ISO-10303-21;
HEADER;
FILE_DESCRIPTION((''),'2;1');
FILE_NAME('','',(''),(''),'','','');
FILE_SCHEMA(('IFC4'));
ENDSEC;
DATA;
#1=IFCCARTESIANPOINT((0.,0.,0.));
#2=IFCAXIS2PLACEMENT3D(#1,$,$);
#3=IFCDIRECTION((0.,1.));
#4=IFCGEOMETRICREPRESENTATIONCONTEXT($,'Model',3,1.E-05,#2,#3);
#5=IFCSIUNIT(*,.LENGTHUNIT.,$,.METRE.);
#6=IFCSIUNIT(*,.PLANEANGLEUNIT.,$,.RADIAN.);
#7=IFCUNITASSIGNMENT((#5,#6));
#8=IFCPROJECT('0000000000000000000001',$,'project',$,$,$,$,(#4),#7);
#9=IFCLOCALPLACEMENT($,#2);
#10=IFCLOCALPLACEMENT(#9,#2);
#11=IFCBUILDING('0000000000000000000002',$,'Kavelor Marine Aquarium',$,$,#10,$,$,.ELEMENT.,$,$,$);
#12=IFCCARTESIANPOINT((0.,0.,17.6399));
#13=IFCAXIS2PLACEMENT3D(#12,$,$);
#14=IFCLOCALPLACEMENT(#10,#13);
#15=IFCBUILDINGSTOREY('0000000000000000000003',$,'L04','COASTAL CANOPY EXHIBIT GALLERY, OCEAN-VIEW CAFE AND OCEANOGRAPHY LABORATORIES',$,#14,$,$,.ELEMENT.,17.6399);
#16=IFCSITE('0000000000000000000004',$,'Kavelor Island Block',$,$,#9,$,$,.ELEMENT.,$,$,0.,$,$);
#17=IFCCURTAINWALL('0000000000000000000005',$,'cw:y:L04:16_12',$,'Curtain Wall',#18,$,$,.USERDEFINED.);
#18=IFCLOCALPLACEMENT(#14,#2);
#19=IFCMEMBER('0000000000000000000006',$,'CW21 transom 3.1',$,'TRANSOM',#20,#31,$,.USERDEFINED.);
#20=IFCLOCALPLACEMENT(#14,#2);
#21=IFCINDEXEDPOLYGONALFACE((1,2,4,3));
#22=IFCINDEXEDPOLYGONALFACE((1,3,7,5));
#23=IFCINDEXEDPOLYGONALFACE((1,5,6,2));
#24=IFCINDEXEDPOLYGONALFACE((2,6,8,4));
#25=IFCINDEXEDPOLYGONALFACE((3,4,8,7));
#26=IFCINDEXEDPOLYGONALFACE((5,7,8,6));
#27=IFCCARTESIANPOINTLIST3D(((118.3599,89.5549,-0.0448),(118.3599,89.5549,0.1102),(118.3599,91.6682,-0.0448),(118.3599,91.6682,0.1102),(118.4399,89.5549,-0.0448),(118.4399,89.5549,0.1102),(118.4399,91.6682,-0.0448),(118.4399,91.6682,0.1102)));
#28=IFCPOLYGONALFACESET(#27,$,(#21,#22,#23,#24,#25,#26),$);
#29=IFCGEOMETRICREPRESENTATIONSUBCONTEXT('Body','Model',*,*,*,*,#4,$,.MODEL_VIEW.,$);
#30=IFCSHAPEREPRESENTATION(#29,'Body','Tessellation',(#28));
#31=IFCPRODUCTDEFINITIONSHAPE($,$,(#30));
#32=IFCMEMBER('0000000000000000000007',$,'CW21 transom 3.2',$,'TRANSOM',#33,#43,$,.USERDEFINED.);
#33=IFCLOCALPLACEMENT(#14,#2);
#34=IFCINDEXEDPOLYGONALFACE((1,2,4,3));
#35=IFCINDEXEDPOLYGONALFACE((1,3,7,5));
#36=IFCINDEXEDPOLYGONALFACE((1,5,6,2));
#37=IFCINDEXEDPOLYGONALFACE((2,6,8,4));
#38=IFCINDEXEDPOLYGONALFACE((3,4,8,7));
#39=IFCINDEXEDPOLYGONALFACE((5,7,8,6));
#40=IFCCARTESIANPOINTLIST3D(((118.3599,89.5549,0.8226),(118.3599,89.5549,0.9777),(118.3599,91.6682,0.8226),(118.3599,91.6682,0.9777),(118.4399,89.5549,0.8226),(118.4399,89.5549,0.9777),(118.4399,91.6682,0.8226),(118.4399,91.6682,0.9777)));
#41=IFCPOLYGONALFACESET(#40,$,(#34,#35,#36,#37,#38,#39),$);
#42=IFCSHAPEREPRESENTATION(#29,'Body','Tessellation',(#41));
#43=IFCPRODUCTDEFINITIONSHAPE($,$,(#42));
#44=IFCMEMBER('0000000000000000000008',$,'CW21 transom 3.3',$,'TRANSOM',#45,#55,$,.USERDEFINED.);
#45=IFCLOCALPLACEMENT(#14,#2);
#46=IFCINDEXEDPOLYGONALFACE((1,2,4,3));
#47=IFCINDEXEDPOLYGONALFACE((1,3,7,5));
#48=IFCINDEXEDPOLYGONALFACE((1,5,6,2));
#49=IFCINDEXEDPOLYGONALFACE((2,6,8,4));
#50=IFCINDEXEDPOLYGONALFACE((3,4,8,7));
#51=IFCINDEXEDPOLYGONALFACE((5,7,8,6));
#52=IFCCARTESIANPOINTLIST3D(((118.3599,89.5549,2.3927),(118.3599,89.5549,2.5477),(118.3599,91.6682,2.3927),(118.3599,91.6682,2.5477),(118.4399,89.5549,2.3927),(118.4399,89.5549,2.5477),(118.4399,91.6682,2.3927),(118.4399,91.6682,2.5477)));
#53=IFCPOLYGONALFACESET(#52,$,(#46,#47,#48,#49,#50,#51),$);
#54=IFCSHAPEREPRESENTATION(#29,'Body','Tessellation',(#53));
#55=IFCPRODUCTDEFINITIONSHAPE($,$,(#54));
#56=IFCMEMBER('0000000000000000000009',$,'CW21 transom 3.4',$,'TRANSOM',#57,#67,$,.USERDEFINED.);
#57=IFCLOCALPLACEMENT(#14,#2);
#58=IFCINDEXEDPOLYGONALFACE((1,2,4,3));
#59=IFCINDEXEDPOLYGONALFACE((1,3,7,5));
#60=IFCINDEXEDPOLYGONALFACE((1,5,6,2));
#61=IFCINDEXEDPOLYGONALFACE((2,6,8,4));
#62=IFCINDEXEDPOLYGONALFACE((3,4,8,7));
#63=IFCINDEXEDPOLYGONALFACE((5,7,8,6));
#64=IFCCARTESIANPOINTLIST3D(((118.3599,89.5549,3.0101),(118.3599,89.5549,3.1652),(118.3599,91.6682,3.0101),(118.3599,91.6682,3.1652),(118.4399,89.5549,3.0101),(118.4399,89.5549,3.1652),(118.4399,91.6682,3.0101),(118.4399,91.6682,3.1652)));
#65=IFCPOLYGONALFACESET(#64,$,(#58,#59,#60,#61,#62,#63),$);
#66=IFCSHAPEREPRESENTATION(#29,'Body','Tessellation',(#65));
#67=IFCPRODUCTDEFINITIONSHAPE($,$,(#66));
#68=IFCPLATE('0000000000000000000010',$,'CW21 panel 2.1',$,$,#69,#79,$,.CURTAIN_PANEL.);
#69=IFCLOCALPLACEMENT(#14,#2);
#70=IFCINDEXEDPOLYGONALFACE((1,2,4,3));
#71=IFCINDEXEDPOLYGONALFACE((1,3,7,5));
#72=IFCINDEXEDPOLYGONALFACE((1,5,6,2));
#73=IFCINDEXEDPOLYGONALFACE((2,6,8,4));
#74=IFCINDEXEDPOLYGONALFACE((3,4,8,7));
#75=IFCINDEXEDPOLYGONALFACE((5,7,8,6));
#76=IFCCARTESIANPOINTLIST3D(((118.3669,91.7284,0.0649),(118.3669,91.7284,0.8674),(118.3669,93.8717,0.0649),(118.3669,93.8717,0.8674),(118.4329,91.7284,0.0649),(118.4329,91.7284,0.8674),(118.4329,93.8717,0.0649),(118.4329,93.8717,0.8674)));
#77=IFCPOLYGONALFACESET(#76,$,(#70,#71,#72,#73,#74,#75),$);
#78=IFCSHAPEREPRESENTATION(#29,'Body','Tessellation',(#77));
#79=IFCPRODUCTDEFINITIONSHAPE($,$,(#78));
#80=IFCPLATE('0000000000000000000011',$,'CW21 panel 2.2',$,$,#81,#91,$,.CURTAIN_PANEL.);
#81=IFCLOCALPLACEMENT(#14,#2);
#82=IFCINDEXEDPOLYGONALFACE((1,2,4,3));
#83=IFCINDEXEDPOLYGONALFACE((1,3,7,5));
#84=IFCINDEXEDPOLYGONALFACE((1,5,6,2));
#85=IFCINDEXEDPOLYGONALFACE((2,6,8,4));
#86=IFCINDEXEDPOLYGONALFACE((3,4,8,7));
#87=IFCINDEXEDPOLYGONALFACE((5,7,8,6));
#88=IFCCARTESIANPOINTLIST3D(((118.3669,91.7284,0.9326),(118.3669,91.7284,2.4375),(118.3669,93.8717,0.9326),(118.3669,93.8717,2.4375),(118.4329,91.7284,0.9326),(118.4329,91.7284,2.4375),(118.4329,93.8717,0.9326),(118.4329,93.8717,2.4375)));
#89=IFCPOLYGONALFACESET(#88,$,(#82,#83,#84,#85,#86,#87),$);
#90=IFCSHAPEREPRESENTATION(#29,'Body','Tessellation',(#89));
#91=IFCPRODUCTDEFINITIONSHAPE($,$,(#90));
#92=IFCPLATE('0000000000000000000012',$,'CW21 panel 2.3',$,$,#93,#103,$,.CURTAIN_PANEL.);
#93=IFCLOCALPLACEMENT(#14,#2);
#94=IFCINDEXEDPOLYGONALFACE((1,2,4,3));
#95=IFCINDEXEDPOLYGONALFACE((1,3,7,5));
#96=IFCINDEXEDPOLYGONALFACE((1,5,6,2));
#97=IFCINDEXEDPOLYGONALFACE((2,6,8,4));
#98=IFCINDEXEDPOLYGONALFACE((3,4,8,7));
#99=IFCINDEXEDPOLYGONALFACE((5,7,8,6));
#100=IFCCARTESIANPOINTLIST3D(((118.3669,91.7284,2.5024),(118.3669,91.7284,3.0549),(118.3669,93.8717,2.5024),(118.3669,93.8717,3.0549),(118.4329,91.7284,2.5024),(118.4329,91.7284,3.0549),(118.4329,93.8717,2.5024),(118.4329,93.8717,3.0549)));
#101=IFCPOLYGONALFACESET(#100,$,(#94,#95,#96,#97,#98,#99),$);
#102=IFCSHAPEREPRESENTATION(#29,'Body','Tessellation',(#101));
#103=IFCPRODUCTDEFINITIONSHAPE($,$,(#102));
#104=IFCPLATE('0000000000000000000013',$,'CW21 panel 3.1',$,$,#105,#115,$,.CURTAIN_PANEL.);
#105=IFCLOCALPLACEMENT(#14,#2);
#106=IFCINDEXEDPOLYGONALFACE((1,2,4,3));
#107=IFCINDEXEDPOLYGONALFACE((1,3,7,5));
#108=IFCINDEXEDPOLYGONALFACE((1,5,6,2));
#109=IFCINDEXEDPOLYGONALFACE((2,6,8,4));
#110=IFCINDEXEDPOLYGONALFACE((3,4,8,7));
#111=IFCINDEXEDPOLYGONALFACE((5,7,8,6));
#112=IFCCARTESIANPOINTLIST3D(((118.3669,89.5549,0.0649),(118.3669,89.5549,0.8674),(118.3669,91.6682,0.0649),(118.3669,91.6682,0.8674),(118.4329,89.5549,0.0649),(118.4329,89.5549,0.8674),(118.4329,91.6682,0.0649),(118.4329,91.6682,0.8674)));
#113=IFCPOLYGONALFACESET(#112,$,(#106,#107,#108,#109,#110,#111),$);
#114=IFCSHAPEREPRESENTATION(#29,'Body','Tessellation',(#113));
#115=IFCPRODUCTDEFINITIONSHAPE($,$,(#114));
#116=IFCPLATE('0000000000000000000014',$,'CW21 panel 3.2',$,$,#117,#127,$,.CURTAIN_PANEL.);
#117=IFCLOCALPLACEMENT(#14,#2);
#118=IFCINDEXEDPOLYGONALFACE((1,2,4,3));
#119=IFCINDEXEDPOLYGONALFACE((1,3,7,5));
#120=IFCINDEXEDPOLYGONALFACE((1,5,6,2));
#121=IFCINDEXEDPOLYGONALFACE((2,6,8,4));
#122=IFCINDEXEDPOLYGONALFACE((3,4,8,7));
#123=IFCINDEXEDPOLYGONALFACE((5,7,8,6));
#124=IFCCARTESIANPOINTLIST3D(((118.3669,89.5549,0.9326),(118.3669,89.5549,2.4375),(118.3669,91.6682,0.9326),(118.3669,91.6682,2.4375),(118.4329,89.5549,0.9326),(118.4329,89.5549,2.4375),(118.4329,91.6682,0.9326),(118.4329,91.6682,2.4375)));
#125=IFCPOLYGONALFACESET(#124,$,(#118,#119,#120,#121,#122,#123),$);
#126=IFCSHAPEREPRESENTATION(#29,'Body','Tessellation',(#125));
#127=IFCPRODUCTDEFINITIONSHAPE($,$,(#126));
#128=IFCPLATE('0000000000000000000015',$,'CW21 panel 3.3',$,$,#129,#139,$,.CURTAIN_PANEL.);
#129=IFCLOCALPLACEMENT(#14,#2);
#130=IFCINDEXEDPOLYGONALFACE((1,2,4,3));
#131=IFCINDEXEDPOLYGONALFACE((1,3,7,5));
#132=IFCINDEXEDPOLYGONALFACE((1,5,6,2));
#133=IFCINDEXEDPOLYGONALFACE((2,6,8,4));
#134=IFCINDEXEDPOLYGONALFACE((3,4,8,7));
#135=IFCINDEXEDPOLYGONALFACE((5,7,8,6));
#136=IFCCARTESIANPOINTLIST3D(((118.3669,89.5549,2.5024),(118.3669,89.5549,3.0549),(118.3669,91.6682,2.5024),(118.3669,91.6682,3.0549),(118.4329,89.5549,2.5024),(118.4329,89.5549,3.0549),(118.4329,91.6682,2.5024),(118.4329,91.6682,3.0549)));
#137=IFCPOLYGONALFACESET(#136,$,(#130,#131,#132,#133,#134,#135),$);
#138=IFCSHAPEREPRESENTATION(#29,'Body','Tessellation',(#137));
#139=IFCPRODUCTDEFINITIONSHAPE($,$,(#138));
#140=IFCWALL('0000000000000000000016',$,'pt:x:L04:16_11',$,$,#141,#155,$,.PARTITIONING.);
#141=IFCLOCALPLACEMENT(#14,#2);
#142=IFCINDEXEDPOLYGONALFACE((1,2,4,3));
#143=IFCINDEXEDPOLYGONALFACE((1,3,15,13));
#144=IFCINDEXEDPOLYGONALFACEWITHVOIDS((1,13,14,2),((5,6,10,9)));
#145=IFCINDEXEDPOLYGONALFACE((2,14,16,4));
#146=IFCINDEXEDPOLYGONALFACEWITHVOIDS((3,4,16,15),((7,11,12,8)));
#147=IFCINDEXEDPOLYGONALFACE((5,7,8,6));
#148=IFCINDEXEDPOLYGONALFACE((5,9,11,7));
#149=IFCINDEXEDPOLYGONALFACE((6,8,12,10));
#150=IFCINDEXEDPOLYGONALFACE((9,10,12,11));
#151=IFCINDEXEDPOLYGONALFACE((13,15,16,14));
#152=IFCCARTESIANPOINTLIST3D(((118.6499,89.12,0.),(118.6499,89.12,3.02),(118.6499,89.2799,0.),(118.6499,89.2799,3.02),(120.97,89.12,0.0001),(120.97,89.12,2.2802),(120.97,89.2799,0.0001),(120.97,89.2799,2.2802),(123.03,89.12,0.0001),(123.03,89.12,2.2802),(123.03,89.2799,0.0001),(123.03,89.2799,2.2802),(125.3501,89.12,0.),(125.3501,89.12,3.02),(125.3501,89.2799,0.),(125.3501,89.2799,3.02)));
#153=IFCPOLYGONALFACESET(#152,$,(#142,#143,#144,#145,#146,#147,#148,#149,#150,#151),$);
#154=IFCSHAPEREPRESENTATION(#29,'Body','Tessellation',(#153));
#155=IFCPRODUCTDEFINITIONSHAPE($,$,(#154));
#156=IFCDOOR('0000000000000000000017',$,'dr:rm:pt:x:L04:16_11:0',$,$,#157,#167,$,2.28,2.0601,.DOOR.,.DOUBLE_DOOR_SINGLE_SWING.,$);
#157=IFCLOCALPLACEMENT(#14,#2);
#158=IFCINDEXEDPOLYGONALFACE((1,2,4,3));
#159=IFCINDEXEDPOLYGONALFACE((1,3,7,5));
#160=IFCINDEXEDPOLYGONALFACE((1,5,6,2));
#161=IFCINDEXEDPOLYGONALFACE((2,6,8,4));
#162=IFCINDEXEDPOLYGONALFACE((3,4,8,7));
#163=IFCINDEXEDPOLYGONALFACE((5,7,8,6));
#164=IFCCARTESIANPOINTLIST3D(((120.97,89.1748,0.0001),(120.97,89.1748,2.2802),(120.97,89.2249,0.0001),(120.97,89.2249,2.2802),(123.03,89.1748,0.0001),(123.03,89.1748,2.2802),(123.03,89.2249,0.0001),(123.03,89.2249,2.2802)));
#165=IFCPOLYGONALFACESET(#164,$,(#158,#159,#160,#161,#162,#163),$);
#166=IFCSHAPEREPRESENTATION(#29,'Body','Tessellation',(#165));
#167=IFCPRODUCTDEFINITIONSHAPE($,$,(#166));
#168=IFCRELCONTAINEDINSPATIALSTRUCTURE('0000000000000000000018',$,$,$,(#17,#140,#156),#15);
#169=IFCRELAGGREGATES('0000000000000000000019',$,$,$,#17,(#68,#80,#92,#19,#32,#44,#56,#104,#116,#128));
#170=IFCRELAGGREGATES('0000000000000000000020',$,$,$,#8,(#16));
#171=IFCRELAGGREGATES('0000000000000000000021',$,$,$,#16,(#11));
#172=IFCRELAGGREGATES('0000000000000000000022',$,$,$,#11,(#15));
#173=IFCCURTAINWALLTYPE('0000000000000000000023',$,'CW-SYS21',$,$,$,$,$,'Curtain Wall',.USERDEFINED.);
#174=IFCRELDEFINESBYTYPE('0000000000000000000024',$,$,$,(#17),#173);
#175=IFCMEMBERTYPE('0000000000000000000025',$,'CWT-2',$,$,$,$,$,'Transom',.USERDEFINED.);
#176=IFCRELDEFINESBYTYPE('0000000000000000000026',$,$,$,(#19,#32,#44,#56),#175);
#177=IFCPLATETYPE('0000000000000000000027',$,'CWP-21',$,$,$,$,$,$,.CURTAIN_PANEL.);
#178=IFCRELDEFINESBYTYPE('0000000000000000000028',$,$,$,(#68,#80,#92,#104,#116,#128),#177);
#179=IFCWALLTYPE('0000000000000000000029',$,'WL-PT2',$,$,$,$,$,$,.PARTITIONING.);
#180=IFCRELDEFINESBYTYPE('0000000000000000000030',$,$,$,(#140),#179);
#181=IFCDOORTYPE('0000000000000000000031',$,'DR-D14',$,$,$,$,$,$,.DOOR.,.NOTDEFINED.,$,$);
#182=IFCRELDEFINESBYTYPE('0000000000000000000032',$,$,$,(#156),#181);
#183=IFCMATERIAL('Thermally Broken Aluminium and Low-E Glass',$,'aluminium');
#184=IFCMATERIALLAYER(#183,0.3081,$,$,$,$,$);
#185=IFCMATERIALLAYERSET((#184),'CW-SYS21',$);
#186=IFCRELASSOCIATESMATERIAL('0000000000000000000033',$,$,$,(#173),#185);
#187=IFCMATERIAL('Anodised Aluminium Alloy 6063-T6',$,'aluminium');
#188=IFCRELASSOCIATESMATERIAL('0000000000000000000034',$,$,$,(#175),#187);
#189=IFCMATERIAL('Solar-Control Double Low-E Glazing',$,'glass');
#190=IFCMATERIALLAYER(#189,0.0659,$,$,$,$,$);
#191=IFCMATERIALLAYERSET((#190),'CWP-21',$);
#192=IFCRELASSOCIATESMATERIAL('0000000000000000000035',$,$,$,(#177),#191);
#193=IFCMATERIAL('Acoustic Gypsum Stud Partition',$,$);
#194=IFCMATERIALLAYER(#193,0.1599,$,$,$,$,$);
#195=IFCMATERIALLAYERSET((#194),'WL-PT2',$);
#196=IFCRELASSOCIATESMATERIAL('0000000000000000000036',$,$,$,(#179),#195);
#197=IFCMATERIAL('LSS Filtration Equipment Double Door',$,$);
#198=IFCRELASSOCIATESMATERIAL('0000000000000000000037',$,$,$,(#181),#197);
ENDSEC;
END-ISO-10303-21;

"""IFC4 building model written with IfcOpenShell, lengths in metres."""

from ifc_helpers import new_model, si_unit, direction, frame, frame_2d, origin, origin_2d, place, context, subcontext, project, spatial, rectangle, extrude, material, layer, layer_set, material_profile, profile_set, type_object, element, fill, aggregate, save


model = new_model("IFC4")

# Units and contexts
model_context = context("Model", 3, precision=1e-05, world=origin(), true_north=direction((0.0, 1.0)))
body_context = subcontext(model_context, "Body", "Model", "MODEL_VIEW")
ifc_project = project(units=[si_unit("LENGTHUNIT", "METRE"), si_unit("PLANEANGLEUNIT", "RADIAN")], contexts=[model_context])

# Site, building, storey
site_placement = place(None, origin())
site = spatial("IfcSite", under=ifc_project, at=site_placement, Name="Kavelor Island Block", CompositionType="ELEMENT", RefElevation=0.0)
building_placement = place(site_placement, origin())
building = spatial("IfcBuilding", under=site, at=building_placement, Name="Kavelor Marine Aquarium", CompositionType="ELEMENT")
storey_placement = place(building_placement, frame((0.0, 0.0, 17.6399)))
storey = spatial("IfcBuildingStorey", under=building, at=storey_placement, Name="L04", Description="COASTAL CANOPY EXHIBIT GALLERY, OCEAN-VIEW CAFE AND OCEANOGRAPHY LABORATORIES", CompositionType="ELEMENT", Elevation=17.6399)

# Curtain wall, members, plates
ifc_material_1 = material(Name="Thermally Broken Aluminium and Low-E Glass", Category="aluminium")
ifc_layer_1 = layer(ifc_material_1, 0.3081)
ifc_layer_set_1 = layer_set([ifc_layer_1], Name="CW-SYS21")
curtain_wall_type = type_object("IfcCurtainWallType", Name="CW-SYS21", ElementType="Curtain Wall", PredefinedType="USERDEFINED", material=ifc_layer_set_1)
curtain_wall_placement = place(storey_placement, origin())
curtain_wall = element("IfcCurtainWall", 1, at=curtain_wall_placement, inside=storey, type_object=curtain_wall_type, Name="cw:y:L04:16_12", ObjectType="Curtain Wall", PredefinedType="USERDEFINED")
ifc_material_2 = material(Name="Anodised Aluminium Alloy 6063-T6", Category="aluminium")
ifc_material_profile_1 = material_profile(ifc_material_2, rectangle(XDim=0.0801, YDim=0.155, at=origin_2d()), Name="CW-TRN 80x155")
ifc_profile_set_1 = profile_set([ifc_material_profile_1], Name="Anodised Aluminium Alloy 6063-T6")
member_type_1 = type_object("IfcMemberType", Name="CWT-2", ElementType="Transom", PredefinedType="USERDEFINED", material=ifc_profile_set_1)
member_1_placement = place(storey_placement, frame((118.3999, 91.6682, 0.0327), z_axis=(0.0, -1.0, 0.0), x_axis=(1.0, 0.0, 0.0)))
member_1 = element("IfcMember", 2, at=member_1_placement, type_object=member_type_1, Name="CW21 transom 3.1", ObjectType="TRANSOM", PredefinedType="USERDEFINED", context=body_context, shape_type="SweptSolid", body=[
    extrude(rectangle(XDim=0.0801, YDim=0.155, at=origin_2d()), origin(), (0.0, 0.0, 1.0), 2.1133),
])
member_2_placement = place(storey_placement, frame((118.3999, 91.6682, 0.9001), z_axis=(0.0, -1.0, 0.0), x_axis=(1.0, 0.0, 0.0)))
member_2 = element("IfcMember", 3, at=member_2_placement, type_object=member_type_1, Name="CW21 transom 3.2", ObjectType="TRANSOM", PredefinedType="USERDEFINED", context=body_context, shape_type="SweptSolid", body=[
    extrude(rectangle(XDim=0.0801, YDim=0.155, at=origin_2d()), origin(), (0.0, 0.0, 1.0), 2.1133),
])
member_3_placement = place(storey_placement, frame((118.3999, 91.6682, 2.4702), z_axis=(0.0, -1.0, 0.0), x_axis=(1.0, 0.0, 0.0)))
member_3 = element("IfcMember", 4, at=member_3_placement, type_object=member_type_1, Name="CW21 transom 3.3", ObjectType="TRANSOM", PredefinedType="USERDEFINED", context=body_context, shape_type="SweptSolid", body=[
    extrude(rectangle(XDim=0.0801, YDim=0.155, at=origin_2d()), origin(), (0.0, 0.0, 1.0), 2.1133),
])
member_4_placement = place(storey_placement, frame((118.3999, 91.6682, 3.0876), z_axis=(0.0, -1.0, 0.0), x_axis=(1.0, 0.0, 0.0)))
member_4 = element("IfcMember", 5, at=member_4_placement, type_object=member_type_1, Name="CW21 transom 3.4", ObjectType="TRANSOM", PredefinedType="USERDEFINED", context=body_context, shape_type="SweptSolid", body=[
    extrude(rectangle(XDim=0.0801, YDim=0.155, at=origin_2d()), origin(), (0.0, 0.0, 1.0), 2.1133),
])
ifc_material_3 = material(Name="Solar-Control Double Low-E Glazing", Category="glass")
ifc_layer_2 = layer(ifc_material_3, 0.0659)
ifc_layer_set_2 = layer_set([ifc_layer_2], Name="CWP-21")
plate_type = type_object("IfcPlateType", Name="CWP-21", PredefinedType="CURTAIN_PANEL", material=ifc_layer_set_2)
plate_1_placement = place(storey_placement, frame((118.3999, 92.8, 0.0649), z_axis=(0.0, 0.0, 1.0), x_axis=(0.0, -1.0, 0.0)))
plate_1 = element("IfcPlate", 6, at=plate_1_placement, type_object=plate_type, Name="CW21 panel 2.1", PredefinedType="CURTAIN_PANEL", context=body_context, shape_type="SweptSolid", body=[
    extrude(rectangle(XDim=2.1433, YDim=0.0659, at=origin_2d()), origin(), (0.0, 0.0, 1.0), 0.8025),
])
plate_2_placement = place(storey_placement, frame((118.3999, 92.8, 0.9326), z_axis=(0.0, 0.0, 1.0), x_axis=(0.0, -1.0, 0.0)))
plate_2 = element("IfcPlate", 7, at=plate_2_placement, type_object=plate_type, Name="CW21 panel 2.2", PredefinedType="CURTAIN_PANEL", context=body_context, shape_type="SweptSolid", body=[
    extrude(rectangle(XDim=2.1433, YDim=0.0659, at=origin_2d()), origin(), (0.0, 0.0, 1.0), 1.5049),
])
plate_3_placement = place(storey_placement, frame((118.3999, 92.8, 2.5024), z_axis=(0.0, 0.0, 1.0), x_axis=(0.0, -1.0, 0.0)))
plate_3 = element("IfcPlate", 8, at=plate_3_placement, type_object=plate_type, Name="CW21 panel 2.3", PredefinedType="CURTAIN_PANEL", context=body_context, shape_type="SweptSolid", body=[
    extrude(rectangle(XDim=2.1433, YDim=0.0659, at=origin_2d()), origin(), (0.0, 0.0, 1.0), 0.5525),
])
plate_4_placement = place(storey_placement, frame((118.3999, 90.6116, 0.0649), z_axis=(0.0, 0.0, 1.0), x_axis=(0.0, -1.0, 0.0)))
plate_4 = element("IfcPlate", 9, at=plate_4_placement, type_object=plate_type, Name="CW21 panel 3.1", PredefinedType="CURTAIN_PANEL", context=body_context, shape_type="SweptSolid", body=[
    extrude(rectangle(XDim=2.1133, YDim=0.0659, at=origin_2d()), origin(), (0.0, 0.0, 1.0), 0.8025),
])
plate_5_placement = place(storey_placement, frame((118.3999, 90.6116, 0.9326), z_axis=(0.0, 0.0, 1.0), x_axis=(0.0, -1.0, 0.0)))
plate_5 = element("IfcPlate", 10, at=plate_5_placement, type_object=plate_type, Name="CW21 panel 3.2", PredefinedType="CURTAIN_PANEL", context=body_context, shape_type="SweptSolid", body=[
    extrude(rectangle(XDim=2.1133, YDim=0.0659, at=origin_2d()), origin(), (0.0, 0.0, 1.0), 1.5049),
])
plate_6_placement = place(storey_placement, frame((118.3999, 90.6116, 2.5024), z_axis=(0.0, 0.0, 1.0), x_axis=(0.0, -1.0, 0.0)))
plate_6 = element("IfcPlate", 11, at=plate_6_placement, type_object=plate_type, Name="CW21 panel 3.3", PredefinedType="CURTAIN_PANEL", context=body_context, shape_type="SweptSolid", body=[
    extrude(rectangle(XDim=2.1133, YDim=0.0659, at=origin_2d()), origin(), (0.0, 0.0, 1.0), 0.5525),
])
aggregate(curtain_wall, [plate_1, plate_2, plate_3, member_1, member_2, member_3, member_4, plate_4, plate_5, plate_6])

# Wall, opening, door
ifc_material_4 = material(Name="Acoustic Gypsum Stud Partition")
ifc_layer_3 = layer(ifc_material_4, 0.1599)
ifc_layer_set_3 = layer_set([ifc_layer_3], Name="WL-PT2")
wall_type_1 = type_object("IfcWallType", Name="WL-PT2", PredefinedType="PARTITIONING", material=ifc_layer_set_3)
wall_1_placement = place(storey_placement, frame((118.6499, 89.2, 0.0), z_axis=(0.0, 0.0, 1.0), x_axis=(1.0, 0.0, 0.0)))
wall_1 = element("IfcWall", 12, at=wall_1_placement, inside=storey, type_object=wall_type_1, Name="pt:x:L04:16_11", PredefinedType="PARTITIONING", context=body_context, shape_type="SweptSolid", body=[
    extrude(rectangle(XDim=6.7002, YDim=0.1599, at=frame_2d((3.3501, 0.0))), origin(), (0.0, 0.0, 1.0), 3.02),
])
opening_1_placement = place(wall_1_placement, frame((2.3201, 0.0, 0.0)))
opening_1 = element("IfcOpeningElement", 13, at=opening_1_placement, cuts=wall_1, PredefinedType="OPENING", context=body_context, shape_type="SweptSolid", body=[
    extrude(rectangle(XDim=2.0601, YDim=2.28, at=frame_2d((1.03, 1.1401))), frame((0.0, 0.0898, 0.0), z_axis=(0.0, -1.0, 0.0), x_axis=(1.0, 0.0, 0.0)), (0.0, 0.0, 1.0), 0.1799),
])
ifc_material_5 = material(Name="LSS Filtration Equipment Double Door")
door_type_1 = type_object("IfcDoorType", Name="DR-D14", OperationType="NOTDEFINED", PredefinedType="DOOR", material=ifc_material_5)
door_1_placement = place(opening_1_placement, origin())
door_1 = element("IfcDoor", 14, at=door_1_placement, inside=storey, type_object=door_type_1, Name="dr:rm:pt:x:L04:16_11:0", OperationType="DOUBLE_DOOR_SINGLE_SWING", OverallHeight=2.28, OverallWidth=2.0601, PredefinedType="DOOR", context=body_context, shape_type="SweptSolid", body=[
    extrude(rectangle(XDim=2.0601, YDim=2.28, at=frame_2d((1.03, 1.1401))), frame((0.0, 0.0249, 0.0), z_axis=(0.0, -1.0, 0.0), x_axis=(1.0, 0.0, 0.0)), (0.0, 0.0, 1.0), 0.05),
])
fill(opening_1, door_1)

save(model, "model.ifc")
